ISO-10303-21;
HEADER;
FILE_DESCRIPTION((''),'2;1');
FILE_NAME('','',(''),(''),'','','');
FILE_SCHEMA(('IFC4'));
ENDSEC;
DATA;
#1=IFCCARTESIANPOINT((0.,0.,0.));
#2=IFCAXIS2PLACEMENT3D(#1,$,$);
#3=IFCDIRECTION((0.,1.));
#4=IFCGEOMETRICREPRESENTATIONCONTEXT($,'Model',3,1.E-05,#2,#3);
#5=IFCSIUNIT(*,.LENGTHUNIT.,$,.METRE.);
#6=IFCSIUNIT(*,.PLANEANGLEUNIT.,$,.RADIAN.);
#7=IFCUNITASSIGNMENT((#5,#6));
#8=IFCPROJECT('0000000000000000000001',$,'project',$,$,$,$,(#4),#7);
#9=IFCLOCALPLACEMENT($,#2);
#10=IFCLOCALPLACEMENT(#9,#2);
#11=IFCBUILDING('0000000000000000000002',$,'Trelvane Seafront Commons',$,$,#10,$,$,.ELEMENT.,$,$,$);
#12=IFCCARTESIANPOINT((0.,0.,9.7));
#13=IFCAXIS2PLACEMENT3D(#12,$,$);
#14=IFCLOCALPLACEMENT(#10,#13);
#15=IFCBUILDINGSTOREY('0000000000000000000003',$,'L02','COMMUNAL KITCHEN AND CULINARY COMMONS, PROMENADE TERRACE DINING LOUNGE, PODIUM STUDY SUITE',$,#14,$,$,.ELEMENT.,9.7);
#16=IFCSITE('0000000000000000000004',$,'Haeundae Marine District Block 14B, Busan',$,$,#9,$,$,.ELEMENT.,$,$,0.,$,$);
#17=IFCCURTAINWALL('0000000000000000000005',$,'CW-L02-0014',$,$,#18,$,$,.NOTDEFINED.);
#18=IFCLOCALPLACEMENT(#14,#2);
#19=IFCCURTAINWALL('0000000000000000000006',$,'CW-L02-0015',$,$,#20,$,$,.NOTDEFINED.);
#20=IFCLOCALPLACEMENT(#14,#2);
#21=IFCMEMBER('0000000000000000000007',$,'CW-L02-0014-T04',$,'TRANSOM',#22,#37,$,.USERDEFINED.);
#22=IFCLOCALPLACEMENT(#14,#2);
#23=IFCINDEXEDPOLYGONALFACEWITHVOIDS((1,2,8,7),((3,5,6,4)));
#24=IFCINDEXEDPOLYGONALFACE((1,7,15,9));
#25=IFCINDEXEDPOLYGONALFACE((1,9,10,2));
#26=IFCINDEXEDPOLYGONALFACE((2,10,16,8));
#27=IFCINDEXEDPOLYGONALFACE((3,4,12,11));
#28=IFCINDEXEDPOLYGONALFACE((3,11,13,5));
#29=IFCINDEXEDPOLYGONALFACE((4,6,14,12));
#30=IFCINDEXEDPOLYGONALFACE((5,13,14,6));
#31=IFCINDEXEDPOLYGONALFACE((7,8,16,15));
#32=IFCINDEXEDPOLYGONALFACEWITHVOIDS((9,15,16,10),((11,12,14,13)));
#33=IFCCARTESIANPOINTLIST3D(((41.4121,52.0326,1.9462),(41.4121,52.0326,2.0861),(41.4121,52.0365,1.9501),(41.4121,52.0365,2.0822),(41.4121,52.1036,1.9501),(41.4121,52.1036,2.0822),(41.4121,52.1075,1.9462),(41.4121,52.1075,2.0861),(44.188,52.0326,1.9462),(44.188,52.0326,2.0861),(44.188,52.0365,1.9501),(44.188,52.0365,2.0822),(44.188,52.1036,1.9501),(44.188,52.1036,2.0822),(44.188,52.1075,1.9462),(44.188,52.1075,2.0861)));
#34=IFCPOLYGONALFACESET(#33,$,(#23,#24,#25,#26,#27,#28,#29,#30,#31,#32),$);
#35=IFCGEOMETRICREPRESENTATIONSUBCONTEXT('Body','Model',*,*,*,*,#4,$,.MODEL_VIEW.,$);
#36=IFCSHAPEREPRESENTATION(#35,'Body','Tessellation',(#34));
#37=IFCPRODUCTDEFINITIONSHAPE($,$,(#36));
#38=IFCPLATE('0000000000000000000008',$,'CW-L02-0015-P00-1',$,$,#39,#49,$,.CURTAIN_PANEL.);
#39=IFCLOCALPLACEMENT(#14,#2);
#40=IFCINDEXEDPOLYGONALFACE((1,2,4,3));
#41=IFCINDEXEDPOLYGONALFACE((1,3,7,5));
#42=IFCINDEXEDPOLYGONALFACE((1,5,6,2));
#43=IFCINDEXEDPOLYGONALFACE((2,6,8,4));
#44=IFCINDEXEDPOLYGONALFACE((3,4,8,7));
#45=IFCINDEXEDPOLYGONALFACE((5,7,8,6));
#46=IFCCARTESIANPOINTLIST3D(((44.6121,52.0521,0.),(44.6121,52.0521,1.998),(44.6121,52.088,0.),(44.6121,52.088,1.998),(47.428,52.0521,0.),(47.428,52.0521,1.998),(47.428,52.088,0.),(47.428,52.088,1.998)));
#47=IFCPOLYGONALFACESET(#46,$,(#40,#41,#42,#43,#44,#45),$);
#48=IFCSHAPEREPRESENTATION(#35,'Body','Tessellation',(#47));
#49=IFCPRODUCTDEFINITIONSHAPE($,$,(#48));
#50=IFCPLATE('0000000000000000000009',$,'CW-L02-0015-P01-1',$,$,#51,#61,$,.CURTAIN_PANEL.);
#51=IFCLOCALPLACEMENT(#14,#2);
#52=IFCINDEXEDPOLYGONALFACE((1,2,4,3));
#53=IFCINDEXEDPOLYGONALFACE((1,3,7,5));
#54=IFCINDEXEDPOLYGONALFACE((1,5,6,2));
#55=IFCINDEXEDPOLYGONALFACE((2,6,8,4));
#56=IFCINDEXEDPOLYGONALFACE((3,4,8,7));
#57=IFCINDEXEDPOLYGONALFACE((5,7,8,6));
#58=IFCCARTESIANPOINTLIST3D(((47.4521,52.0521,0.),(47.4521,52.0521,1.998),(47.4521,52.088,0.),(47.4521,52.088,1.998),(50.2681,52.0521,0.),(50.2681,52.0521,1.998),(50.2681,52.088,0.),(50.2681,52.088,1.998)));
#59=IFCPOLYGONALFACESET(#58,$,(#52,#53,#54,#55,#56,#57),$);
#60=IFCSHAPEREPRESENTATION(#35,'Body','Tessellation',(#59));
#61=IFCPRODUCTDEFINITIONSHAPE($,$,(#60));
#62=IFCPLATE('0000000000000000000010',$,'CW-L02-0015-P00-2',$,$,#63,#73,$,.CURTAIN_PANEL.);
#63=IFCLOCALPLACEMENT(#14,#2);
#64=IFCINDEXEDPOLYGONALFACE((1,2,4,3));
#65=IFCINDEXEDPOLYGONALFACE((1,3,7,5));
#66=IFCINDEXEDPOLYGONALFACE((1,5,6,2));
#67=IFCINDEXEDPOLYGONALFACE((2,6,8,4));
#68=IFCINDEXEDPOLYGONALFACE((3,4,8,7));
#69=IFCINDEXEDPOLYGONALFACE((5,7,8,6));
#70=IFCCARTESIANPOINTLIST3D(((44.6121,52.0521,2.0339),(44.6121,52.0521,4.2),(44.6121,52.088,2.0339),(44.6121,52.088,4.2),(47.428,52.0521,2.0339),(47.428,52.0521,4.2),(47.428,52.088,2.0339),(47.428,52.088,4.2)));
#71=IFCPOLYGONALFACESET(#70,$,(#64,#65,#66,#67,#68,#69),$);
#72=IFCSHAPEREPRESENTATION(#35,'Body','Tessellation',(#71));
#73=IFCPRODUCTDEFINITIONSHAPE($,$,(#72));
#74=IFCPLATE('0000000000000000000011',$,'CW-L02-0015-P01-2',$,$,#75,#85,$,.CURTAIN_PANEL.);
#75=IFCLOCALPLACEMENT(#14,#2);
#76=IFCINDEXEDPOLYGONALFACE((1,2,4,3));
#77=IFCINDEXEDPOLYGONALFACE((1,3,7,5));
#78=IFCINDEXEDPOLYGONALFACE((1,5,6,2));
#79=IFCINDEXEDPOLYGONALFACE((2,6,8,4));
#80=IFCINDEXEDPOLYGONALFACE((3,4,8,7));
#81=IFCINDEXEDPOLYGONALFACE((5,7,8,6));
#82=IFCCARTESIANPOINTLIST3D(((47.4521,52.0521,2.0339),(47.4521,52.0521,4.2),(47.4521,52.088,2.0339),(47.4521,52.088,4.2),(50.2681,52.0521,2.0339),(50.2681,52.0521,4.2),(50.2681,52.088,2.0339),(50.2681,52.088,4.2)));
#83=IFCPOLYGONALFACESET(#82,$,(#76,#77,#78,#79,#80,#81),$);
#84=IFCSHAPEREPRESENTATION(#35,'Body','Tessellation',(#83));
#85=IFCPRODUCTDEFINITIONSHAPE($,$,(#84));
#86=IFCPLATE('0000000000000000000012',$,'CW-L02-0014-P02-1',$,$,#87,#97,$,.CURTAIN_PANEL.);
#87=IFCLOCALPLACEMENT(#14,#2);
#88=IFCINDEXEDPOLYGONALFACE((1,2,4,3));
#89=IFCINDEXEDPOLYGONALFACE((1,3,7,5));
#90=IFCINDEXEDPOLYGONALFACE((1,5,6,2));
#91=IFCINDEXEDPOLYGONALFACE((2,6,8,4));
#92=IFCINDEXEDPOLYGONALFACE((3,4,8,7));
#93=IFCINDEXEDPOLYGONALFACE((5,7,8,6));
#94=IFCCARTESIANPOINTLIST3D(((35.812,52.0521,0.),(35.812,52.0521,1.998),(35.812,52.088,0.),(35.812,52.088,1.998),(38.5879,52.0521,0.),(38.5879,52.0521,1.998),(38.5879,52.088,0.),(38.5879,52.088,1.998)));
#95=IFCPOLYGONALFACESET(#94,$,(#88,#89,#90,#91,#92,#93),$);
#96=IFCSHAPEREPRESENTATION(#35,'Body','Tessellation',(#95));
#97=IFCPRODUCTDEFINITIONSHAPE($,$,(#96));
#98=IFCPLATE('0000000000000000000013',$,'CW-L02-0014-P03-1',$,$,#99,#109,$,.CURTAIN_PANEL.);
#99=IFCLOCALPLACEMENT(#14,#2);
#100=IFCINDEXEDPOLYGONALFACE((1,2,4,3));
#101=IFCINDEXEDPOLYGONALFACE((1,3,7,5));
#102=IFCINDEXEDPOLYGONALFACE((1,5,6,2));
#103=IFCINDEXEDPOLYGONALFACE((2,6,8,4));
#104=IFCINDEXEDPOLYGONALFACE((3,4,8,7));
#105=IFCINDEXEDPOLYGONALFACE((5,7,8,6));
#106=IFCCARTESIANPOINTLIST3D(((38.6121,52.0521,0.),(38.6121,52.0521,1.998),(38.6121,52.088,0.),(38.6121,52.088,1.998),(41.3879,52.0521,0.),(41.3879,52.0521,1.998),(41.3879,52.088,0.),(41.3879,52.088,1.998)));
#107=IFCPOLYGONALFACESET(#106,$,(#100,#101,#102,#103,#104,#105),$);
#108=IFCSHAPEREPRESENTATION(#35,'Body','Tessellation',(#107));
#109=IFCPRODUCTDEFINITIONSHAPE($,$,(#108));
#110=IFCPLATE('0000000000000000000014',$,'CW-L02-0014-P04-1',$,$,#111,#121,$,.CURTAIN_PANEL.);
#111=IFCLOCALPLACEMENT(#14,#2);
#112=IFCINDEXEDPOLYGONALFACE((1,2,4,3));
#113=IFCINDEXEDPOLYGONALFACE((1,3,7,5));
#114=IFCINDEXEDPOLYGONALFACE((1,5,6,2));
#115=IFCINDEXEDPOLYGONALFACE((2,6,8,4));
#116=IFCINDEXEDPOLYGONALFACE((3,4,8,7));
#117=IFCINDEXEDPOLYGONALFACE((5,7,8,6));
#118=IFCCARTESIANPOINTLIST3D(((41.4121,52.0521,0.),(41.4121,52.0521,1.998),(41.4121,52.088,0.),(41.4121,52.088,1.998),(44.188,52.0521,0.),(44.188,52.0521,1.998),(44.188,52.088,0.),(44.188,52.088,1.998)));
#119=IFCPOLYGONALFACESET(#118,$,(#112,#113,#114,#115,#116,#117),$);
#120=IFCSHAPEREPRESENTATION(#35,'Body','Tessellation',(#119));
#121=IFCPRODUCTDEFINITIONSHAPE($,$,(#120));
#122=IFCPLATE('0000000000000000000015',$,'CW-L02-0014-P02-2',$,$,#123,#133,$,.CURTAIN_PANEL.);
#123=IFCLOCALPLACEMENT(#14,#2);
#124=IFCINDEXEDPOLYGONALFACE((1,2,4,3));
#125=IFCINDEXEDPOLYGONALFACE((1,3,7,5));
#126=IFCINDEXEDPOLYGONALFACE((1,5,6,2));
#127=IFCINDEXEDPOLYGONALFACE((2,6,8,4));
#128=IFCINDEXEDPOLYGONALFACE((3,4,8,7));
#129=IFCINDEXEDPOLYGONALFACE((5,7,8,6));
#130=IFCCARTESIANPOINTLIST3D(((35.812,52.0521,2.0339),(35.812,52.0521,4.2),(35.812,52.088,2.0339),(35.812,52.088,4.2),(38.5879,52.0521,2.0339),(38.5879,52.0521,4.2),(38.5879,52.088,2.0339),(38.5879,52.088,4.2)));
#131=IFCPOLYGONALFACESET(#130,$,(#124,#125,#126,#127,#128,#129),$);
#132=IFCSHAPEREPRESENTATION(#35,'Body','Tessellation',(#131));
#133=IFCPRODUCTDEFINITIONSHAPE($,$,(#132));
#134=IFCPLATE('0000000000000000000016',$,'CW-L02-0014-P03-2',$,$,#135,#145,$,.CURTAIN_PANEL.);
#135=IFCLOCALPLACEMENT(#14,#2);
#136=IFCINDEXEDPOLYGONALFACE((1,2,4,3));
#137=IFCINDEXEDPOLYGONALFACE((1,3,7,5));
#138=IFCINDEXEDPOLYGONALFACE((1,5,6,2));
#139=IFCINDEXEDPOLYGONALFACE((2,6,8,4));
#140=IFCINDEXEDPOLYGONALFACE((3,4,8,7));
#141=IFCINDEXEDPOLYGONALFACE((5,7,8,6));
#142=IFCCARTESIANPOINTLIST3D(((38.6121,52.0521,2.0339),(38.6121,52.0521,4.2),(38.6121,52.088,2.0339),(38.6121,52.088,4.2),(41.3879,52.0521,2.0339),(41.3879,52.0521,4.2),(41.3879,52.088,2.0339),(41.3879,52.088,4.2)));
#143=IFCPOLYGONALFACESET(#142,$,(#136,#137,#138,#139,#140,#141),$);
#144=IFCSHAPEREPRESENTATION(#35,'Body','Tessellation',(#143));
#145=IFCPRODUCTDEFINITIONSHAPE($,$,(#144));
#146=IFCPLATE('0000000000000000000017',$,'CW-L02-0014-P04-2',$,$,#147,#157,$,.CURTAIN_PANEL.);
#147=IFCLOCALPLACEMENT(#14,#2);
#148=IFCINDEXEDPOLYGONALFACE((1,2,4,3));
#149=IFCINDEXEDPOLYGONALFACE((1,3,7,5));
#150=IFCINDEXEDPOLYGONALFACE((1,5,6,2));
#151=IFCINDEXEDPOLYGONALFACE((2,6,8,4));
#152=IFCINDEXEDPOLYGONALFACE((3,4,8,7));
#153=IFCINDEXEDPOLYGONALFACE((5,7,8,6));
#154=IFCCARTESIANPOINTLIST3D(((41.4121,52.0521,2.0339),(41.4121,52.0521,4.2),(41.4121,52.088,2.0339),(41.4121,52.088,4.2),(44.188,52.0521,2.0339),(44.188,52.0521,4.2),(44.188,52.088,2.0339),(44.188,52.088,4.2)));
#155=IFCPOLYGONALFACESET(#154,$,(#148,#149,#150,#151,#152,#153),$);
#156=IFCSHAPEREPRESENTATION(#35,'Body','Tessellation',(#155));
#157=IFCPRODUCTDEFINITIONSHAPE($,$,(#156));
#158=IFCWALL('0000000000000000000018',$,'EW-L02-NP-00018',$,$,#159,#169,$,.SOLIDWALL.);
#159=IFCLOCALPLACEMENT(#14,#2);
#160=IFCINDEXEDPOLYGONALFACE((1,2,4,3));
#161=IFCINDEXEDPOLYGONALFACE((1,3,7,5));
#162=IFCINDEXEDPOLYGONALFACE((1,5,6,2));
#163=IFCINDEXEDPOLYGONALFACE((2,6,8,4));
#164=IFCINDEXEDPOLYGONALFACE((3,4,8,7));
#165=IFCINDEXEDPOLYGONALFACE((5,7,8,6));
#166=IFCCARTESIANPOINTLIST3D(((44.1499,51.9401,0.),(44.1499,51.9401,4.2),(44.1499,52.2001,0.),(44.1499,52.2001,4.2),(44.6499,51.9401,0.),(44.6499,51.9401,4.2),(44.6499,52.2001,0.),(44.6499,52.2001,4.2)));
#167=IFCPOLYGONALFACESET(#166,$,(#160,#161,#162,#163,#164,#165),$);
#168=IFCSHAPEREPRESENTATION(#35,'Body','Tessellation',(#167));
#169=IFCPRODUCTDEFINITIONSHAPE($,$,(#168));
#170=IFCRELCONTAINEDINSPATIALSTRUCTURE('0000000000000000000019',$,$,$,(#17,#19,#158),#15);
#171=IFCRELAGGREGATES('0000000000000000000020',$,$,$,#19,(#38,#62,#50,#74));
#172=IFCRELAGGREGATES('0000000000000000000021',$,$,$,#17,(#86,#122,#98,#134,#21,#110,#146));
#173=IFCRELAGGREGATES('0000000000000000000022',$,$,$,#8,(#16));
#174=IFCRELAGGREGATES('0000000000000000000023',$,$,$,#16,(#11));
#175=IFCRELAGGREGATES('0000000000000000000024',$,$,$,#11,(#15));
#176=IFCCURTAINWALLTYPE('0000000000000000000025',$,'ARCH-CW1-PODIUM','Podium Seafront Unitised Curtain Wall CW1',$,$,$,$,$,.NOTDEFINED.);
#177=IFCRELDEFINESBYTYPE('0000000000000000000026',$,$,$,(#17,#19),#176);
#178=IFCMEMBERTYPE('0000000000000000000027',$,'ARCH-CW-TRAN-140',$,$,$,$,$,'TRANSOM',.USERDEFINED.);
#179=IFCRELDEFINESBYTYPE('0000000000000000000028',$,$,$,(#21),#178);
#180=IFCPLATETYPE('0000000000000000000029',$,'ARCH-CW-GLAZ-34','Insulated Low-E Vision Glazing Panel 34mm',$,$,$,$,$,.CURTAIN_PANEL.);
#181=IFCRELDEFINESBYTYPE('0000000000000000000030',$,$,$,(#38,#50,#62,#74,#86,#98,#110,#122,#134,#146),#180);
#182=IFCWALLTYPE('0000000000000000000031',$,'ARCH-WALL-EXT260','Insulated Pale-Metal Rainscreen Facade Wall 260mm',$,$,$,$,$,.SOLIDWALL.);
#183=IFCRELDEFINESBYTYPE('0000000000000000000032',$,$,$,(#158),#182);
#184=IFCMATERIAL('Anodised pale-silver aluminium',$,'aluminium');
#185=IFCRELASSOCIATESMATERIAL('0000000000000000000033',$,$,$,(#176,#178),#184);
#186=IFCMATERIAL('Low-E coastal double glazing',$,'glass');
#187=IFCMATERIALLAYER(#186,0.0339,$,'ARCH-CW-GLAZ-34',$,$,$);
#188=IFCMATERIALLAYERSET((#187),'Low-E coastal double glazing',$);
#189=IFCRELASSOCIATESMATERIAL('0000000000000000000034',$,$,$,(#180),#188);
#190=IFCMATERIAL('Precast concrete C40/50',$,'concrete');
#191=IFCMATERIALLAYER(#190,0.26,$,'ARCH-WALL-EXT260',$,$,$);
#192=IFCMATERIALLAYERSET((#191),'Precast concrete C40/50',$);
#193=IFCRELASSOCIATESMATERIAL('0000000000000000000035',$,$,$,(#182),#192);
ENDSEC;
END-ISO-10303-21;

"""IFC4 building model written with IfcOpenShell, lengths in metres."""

from ifc_helpers import new_model, si_unit, direction, frame, frame_2d, origin, origin_2d, place, context, subcontext, project, spatial, rectangle, hollow_rectangle, extrude, source, transform, mapped, material, layer, layer_set, material_profile, profile_set, type_object, element, aggregate, save


model = new_model("IFC4")

# Units and contexts
model_context = context("Model", 3, precision=1e-05, world=origin(), true_north=direction((0.0, 1.0)))
body_context = subcontext(model_context, "Body", "Model", "MODEL_VIEW")
ifc_project = project(units=[si_unit("LENGTHUNIT", "METRE"), si_unit("PLANEANGLEUNIT", "RADIAN")], contexts=[model_context])

# Site, building, storey
site_placement = place(None, origin())
site = spatial("IfcSite", under=ifc_project, at=site_placement, Name="Haeundae Marine District Block 14B, Busan", CompositionType="ELEMENT", RefElevation=0.0)
building_placement = place(site_placement, origin())
building = spatial("IfcBuilding", under=site, at=building_placement, Name="Trelvane Seafront Commons", CompositionType="ELEMENT")
storey_placement = place(building_placement, frame((0.0, 0.0, 9.7)))
storey = spatial("IfcBuildingStorey", under=building, at=storey_placement, Name="L02", Description="COMMUNAL KITCHEN AND CULINARY COMMONS, PROMENADE TERRACE DINING LOUNGE, PODIUM STUDY SUITE", CompositionType="ELEMENT", Elevation=9.7)

# Curtain walls
ifc_material_1 = material(Name="Anodised pale-silver aluminium", Category="aluminium")
curtain_wall_type = type_object("IfcCurtainWallType", Name="ARCH-CW1-PODIUM", Description="Podium Seafront Unitised Curtain Wall CW1", PredefinedType="NOTDEFINED", material=ifc_material_1)
curtain_wall_1_placement = place(storey_placement, origin())
curtain_wall_1 = element("IfcCurtainWall", 1, at=curtain_wall_1_placement, inside=storey, type_object=curtain_wall_type, Name="CW-L02-0014", PredefinedType="NOTDEFINED")
curtain_wall_2_placement = place(storey_placement, origin())
curtain_wall_2 = element("IfcCurtainWall", 2, at=curtain_wall_2_placement, inside=storey, type_object=curtain_wall_type, Name="CW-L02-0015", PredefinedType="NOTDEFINED")
ifc_material_profile_1 = material_profile(ifc_material_1, hollow_rectangle(XDim=0.075, YDim=0.1399, WallThickness=0.0039, at=origin_2d()), Name="TRAN-75x140x4")
ifc_profile_set_1 = profile_set([ifc_material_profile_1], Name="Anodised pale-silver aluminium")
member_type_1 = type_object("IfcMemberType", Name="ARCH-CW-TRAN-140", ElementType="TRANSOM", PredefinedType="USERDEFINED", material=ifc_profile_set_1)

# Member
shared_shape_1 = source(origin(), body_context, "Body", "SweptSolid", [
    extrude(hollow_rectangle(XDim=0.075, YDim=0.1399, WallThickness=0.0039, at=origin_2d()), origin(), (0.0, 0.0, 1.0), 2.7759),
])
member_1_placement = place(storey_placement, frame((41.4121, 52.0701, 2.0161), z_axis=(1.0, 0.0, 0.0), x_axis=(0.0, 1.0, 0.0)))
member_1 = element("IfcMember", 3, at=member_1_placement, type_object=member_type_1, Name="CW-L02-0014-T04", ObjectType="TRANSOM", PredefinedType="USERDEFINED", context=body_context, shape_type="MappedRepresentation", body=[
    mapped(shared_shape_1, transform((0.0, 0.0, 0.0), x_axis=(1.0, 0.0, 0.0), y_axis=(0.0, 1.0, 0.0), z_axis=(0.0, 0.0, 1.0), scale=1.0)),
])

# Plates
ifc_material_2 = material(Name="Low-E coastal double glazing", Category="glass")
ifc_layer_1 = layer(ifc_material_2, 0.0339, Name="ARCH-CW-GLAZ-34")
ifc_layer_set_1 = layer_set([ifc_layer_1], Name="Low-E coastal double glazing")
plate_type = type_object("IfcPlateType", Name="ARCH-CW-GLAZ-34", Description="Insulated Low-E Vision Glazing Panel 34mm", PredefinedType="CURTAIN_PANEL", material=ifc_layer_set_1)
shared_shape_2 = source(origin(), body_context, "Body", "SweptSolid", [
    extrude(rectangle(XDim=2.8159, YDim=0.0359, at=origin_2d()), origin(), (0.0, 0.0, 1.0), 1.998),
])
plate_1_placement = place(storey_placement, frame((46.02, 52.0701, 0.0), z_axis=(0.0, 0.0, 1.0), x_axis=(1.0, 0.0, 0.0)))
plate_1 = element("IfcPlate", 4, at=plate_1_placement, type_object=plate_type, Name="CW-L02-0015-P00-1", PredefinedType="CURTAIN_PANEL", context=body_context, shape_type="MappedRepresentation", body=[
    mapped(shared_shape_2, transform((0.0, 0.0, 0.0), x_axis=(1.0, 0.0, 0.0), y_axis=(0.0, 1.0, 0.0), z_axis=(0.0, 0.0, 1.0), scale=1.0)),
])
plate_2_placement = place(storey_placement, frame((48.8601, 52.0701, 0.0), z_axis=(0.0, 0.0, 1.0), x_axis=(1.0, 0.0, 0.0)))
plate_2 = element("IfcPlate", 5, at=plate_2_placement, type_object=plate_type, Name="CW-L02-0015-P01-1", PredefinedType="CURTAIN_PANEL", context=body_context, shape_type="MappedRepresentation", body=[
    mapped(shared_shape_2, transform((0.0, 0.0, 0.0), x_axis=(1.0, 0.0, 0.0), y_axis=(0.0, 1.0, 0.0), z_axis=(0.0, 0.0, 1.0), scale=1.0)),
])
shared_shape_3 = source(origin(), body_context, "Body", "SweptSolid", [
    extrude(rectangle(XDim=2.8159, YDim=0.0359, at=origin_2d()), origin(), (0.0, 0.0, 1.0), 2.166),
])
plate_3_placement = place(storey_placement, frame((46.02, 52.0701, 2.0339), z_axis=(0.0, 0.0, 1.0), x_axis=(1.0, 0.0, 0.0)))
plate_3 = element("IfcPlate", 6, at=plate_3_placement, type_object=plate_type, Name="CW-L02-0015-P00-2", PredefinedType="CURTAIN_PANEL", context=body_context, shape_type="MappedRepresentation", body=[
    mapped(shared_shape_3, transform((0.0, 0.0, 0.0), x_axis=(1.0, 0.0, 0.0), y_axis=(0.0, 1.0, 0.0), z_axis=(0.0, 0.0, 1.0), scale=1.0)),
])
plate_4_placement = place(storey_placement, frame((48.8601, 52.0701, 2.0339), z_axis=(0.0, 0.0, 1.0), x_axis=(1.0, 0.0, 0.0)))
plate_4 = element("IfcPlate", 7, at=plate_4_placement, type_object=plate_type, Name="CW-L02-0015-P01-2", PredefinedType="CURTAIN_PANEL", context=body_context, shape_type="MappedRepresentation", body=[
    mapped(shared_shape_3, transform((0.0, 0.0, 0.0), x_axis=(1.0, 0.0, 0.0), y_axis=(0.0, 1.0, 0.0), z_axis=(0.0, 0.0, 1.0), scale=1.0)),
])
aggregate(curtain_wall_2, [plate_1, plate_3, plate_2, plate_4])
shared_shape_4 = source(origin(), body_context, "Body", "SweptSolid", [
    extrude(rectangle(XDim=2.7759, YDim=0.0359, at=origin_2d()), origin(), (0.0, 0.0, 1.0), 1.998),
])
plate_5_placement = place(storey_placement, frame((37.2, 52.0701, 0.0), z_axis=(0.0, 0.0, 1.0), x_axis=(1.0, 0.0, 0.0)))
plate_5 = element("IfcPlate", 8, at=plate_5_placement, type_object=plate_type, Name="CW-L02-0014-P02-1", PredefinedType="CURTAIN_PANEL", context=body_context, shape_type="MappedRepresentation", body=[
    mapped(shared_shape_4, transform((0.0, 0.0, 0.0), x_axis=(1.0, 0.0, 0.0), y_axis=(0.0, 1.0, 0.0), z_axis=(0.0, 0.0, 1.0), scale=1.0)),
])
plate_6_placement = place(storey_placement, frame((40.0, 52.0701, 0.0), z_axis=(0.0, 0.0, 1.0), x_axis=(1.0, 0.0, 0.0)))
plate_6 = element("IfcPlate", 9, at=plate_6_placement, type_object=plate_type, Name="CW-L02-0014-P03-1", PredefinedType="CURTAIN_PANEL", context=body_context, shape_type="MappedRepresentation", body=[
    mapped(shared_shape_4, transform((0.0, 0.0, 0.0), x_axis=(1.0, 0.0, 0.0), y_axis=(0.0, 1.0, 0.0), z_axis=(0.0, 0.0, 1.0), scale=1.0)),
])
plate_7_placement = place(storey_placement, frame((42.8, 52.0701, 0.0), z_axis=(0.0, 0.0, 1.0), x_axis=(1.0, 0.0, 0.0)))
plate_7 = element("IfcPlate", 10, at=plate_7_placement, type_object=plate_type, Name="CW-L02-0014-P04-1", PredefinedType="CURTAIN_PANEL", context=body_context, shape_type="MappedRepresentation", body=[
    mapped(shared_shape_4, transform((0.0, 0.0, 0.0), x_axis=(1.0, 0.0, 0.0), y_axis=(0.0, 1.0, 0.0), z_axis=(0.0, 0.0, 1.0), scale=1.0)),
])
shared_shape_5 = source(origin(), body_context, "Body", "SweptSolid", [
    extrude(rectangle(XDim=2.7759, YDim=0.0359, at=origin_2d()), origin(), (0.0, 0.0, 1.0), 2.166),
])
plate_8_placement = place(storey_placement, frame((37.2, 52.0701, 2.0339), z_axis=(0.0, 0.0, 1.0), x_axis=(1.0, 0.0, 0.0)))
plate_8 = element("IfcPlate", 11, at=plate_8_placement, type_object=plate_type, Name="CW-L02-0014-P02-2", PredefinedType="CURTAIN_PANEL", context=body_context, shape_type="MappedRepresentation", body=[
    mapped(shared_shape_5, transform((0.0, 0.0, 0.0), x_axis=(1.0, 0.0, 0.0), y_axis=(0.0, 1.0, 0.0), z_axis=(0.0, 0.0, 1.0), scale=1.0)),
])
plate_9_placement = place(storey_placement, frame((40.0, 52.0701, 2.0339), z_axis=(0.0, 0.0, 1.0), x_axis=(1.0, 0.0, 0.0)))
plate_9 = element("IfcPlate", 12, at=plate_9_placement, type_object=plate_type, Name="CW-L02-0014-P03-2", PredefinedType="CURTAIN_PANEL", context=body_context, shape_type="MappedRepresentation", body=[
    mapped(shared_shape_5, transform((0.0, 0.0, 0.0), x_axis=(1.0, 0.0, 0.0), y_axis=(0.0, 1.0, 0.0), z_axis=(0.0, 0.0, 1.0), scale=1.0)),
])
plate_10_placement = place(storey_placement, frame((42.8, 52.0701, 2.0339), z_axis=(0.0, 0.0, 1.0), x_axis=(1.0, 0.0, 0.0)))
plate_10 = element("IfcPlate", 13, at=plate_10_placement, type_object=plate_type, Name="CW-L02-0014-P04-2", PredefinedType="CURTAIN_PANEL", context=body_context, shape_type="MappedRepresentation", body=[
    mapped(shared_shape_5, transform((0.0, 0.0, 0.0), x_axis=(1.0, 0.0, 0.0), y_axis=(0.0, 1.0, 0.0), z_axis=(0.0, 0.0, 1.0), scale=1.0)),
])
aggregate(curtain_wall_1, [plate_5, plate_8, plate_6, plate_9, member_1, plate_7, plate_10])

# Wall
ifc_material_3 = material(Name="Precast concrete C40/50", Category="concrete")
ifc_layer_2 = layer(ifc_material_3, 0.26, Name="ARCH-WALL-EXT260")
ifc_layer_set_2 = layer_set([ifc_layer_2], Name="Precast concrete C40/50")
wall_type = type_object("IfcWallType", Name="ARCH-WALL-EXT260", Description="Insulated Pale-Metal Rainscreen Facade Wall 260mm", PredefinedType="SOLIDWALL", material=ifc_layer_set_2)
wall_placement = place(storey_placement, frame((44.1499, 52.0701, 0.0), z_axis=(0.0, 0.0, 1.0), x_axis=(1.0, 0.0, 0.0)))
element("IfcWall", 14, at=wall_placement, inside=storey, type_object=wall_type, Name="EW-L02-NP-00018", PredefinedType="SOLIDWALL", context=body_context, shape_type="SweptSolid", body=[
    extrude(rectangle(XDim=0.5, YDim=0.26, at=frame_2d((0.25, 0.0))), origin(), (0.0, 0.0, 1.0), 4.2),
])

save(model, "model.ifc")
